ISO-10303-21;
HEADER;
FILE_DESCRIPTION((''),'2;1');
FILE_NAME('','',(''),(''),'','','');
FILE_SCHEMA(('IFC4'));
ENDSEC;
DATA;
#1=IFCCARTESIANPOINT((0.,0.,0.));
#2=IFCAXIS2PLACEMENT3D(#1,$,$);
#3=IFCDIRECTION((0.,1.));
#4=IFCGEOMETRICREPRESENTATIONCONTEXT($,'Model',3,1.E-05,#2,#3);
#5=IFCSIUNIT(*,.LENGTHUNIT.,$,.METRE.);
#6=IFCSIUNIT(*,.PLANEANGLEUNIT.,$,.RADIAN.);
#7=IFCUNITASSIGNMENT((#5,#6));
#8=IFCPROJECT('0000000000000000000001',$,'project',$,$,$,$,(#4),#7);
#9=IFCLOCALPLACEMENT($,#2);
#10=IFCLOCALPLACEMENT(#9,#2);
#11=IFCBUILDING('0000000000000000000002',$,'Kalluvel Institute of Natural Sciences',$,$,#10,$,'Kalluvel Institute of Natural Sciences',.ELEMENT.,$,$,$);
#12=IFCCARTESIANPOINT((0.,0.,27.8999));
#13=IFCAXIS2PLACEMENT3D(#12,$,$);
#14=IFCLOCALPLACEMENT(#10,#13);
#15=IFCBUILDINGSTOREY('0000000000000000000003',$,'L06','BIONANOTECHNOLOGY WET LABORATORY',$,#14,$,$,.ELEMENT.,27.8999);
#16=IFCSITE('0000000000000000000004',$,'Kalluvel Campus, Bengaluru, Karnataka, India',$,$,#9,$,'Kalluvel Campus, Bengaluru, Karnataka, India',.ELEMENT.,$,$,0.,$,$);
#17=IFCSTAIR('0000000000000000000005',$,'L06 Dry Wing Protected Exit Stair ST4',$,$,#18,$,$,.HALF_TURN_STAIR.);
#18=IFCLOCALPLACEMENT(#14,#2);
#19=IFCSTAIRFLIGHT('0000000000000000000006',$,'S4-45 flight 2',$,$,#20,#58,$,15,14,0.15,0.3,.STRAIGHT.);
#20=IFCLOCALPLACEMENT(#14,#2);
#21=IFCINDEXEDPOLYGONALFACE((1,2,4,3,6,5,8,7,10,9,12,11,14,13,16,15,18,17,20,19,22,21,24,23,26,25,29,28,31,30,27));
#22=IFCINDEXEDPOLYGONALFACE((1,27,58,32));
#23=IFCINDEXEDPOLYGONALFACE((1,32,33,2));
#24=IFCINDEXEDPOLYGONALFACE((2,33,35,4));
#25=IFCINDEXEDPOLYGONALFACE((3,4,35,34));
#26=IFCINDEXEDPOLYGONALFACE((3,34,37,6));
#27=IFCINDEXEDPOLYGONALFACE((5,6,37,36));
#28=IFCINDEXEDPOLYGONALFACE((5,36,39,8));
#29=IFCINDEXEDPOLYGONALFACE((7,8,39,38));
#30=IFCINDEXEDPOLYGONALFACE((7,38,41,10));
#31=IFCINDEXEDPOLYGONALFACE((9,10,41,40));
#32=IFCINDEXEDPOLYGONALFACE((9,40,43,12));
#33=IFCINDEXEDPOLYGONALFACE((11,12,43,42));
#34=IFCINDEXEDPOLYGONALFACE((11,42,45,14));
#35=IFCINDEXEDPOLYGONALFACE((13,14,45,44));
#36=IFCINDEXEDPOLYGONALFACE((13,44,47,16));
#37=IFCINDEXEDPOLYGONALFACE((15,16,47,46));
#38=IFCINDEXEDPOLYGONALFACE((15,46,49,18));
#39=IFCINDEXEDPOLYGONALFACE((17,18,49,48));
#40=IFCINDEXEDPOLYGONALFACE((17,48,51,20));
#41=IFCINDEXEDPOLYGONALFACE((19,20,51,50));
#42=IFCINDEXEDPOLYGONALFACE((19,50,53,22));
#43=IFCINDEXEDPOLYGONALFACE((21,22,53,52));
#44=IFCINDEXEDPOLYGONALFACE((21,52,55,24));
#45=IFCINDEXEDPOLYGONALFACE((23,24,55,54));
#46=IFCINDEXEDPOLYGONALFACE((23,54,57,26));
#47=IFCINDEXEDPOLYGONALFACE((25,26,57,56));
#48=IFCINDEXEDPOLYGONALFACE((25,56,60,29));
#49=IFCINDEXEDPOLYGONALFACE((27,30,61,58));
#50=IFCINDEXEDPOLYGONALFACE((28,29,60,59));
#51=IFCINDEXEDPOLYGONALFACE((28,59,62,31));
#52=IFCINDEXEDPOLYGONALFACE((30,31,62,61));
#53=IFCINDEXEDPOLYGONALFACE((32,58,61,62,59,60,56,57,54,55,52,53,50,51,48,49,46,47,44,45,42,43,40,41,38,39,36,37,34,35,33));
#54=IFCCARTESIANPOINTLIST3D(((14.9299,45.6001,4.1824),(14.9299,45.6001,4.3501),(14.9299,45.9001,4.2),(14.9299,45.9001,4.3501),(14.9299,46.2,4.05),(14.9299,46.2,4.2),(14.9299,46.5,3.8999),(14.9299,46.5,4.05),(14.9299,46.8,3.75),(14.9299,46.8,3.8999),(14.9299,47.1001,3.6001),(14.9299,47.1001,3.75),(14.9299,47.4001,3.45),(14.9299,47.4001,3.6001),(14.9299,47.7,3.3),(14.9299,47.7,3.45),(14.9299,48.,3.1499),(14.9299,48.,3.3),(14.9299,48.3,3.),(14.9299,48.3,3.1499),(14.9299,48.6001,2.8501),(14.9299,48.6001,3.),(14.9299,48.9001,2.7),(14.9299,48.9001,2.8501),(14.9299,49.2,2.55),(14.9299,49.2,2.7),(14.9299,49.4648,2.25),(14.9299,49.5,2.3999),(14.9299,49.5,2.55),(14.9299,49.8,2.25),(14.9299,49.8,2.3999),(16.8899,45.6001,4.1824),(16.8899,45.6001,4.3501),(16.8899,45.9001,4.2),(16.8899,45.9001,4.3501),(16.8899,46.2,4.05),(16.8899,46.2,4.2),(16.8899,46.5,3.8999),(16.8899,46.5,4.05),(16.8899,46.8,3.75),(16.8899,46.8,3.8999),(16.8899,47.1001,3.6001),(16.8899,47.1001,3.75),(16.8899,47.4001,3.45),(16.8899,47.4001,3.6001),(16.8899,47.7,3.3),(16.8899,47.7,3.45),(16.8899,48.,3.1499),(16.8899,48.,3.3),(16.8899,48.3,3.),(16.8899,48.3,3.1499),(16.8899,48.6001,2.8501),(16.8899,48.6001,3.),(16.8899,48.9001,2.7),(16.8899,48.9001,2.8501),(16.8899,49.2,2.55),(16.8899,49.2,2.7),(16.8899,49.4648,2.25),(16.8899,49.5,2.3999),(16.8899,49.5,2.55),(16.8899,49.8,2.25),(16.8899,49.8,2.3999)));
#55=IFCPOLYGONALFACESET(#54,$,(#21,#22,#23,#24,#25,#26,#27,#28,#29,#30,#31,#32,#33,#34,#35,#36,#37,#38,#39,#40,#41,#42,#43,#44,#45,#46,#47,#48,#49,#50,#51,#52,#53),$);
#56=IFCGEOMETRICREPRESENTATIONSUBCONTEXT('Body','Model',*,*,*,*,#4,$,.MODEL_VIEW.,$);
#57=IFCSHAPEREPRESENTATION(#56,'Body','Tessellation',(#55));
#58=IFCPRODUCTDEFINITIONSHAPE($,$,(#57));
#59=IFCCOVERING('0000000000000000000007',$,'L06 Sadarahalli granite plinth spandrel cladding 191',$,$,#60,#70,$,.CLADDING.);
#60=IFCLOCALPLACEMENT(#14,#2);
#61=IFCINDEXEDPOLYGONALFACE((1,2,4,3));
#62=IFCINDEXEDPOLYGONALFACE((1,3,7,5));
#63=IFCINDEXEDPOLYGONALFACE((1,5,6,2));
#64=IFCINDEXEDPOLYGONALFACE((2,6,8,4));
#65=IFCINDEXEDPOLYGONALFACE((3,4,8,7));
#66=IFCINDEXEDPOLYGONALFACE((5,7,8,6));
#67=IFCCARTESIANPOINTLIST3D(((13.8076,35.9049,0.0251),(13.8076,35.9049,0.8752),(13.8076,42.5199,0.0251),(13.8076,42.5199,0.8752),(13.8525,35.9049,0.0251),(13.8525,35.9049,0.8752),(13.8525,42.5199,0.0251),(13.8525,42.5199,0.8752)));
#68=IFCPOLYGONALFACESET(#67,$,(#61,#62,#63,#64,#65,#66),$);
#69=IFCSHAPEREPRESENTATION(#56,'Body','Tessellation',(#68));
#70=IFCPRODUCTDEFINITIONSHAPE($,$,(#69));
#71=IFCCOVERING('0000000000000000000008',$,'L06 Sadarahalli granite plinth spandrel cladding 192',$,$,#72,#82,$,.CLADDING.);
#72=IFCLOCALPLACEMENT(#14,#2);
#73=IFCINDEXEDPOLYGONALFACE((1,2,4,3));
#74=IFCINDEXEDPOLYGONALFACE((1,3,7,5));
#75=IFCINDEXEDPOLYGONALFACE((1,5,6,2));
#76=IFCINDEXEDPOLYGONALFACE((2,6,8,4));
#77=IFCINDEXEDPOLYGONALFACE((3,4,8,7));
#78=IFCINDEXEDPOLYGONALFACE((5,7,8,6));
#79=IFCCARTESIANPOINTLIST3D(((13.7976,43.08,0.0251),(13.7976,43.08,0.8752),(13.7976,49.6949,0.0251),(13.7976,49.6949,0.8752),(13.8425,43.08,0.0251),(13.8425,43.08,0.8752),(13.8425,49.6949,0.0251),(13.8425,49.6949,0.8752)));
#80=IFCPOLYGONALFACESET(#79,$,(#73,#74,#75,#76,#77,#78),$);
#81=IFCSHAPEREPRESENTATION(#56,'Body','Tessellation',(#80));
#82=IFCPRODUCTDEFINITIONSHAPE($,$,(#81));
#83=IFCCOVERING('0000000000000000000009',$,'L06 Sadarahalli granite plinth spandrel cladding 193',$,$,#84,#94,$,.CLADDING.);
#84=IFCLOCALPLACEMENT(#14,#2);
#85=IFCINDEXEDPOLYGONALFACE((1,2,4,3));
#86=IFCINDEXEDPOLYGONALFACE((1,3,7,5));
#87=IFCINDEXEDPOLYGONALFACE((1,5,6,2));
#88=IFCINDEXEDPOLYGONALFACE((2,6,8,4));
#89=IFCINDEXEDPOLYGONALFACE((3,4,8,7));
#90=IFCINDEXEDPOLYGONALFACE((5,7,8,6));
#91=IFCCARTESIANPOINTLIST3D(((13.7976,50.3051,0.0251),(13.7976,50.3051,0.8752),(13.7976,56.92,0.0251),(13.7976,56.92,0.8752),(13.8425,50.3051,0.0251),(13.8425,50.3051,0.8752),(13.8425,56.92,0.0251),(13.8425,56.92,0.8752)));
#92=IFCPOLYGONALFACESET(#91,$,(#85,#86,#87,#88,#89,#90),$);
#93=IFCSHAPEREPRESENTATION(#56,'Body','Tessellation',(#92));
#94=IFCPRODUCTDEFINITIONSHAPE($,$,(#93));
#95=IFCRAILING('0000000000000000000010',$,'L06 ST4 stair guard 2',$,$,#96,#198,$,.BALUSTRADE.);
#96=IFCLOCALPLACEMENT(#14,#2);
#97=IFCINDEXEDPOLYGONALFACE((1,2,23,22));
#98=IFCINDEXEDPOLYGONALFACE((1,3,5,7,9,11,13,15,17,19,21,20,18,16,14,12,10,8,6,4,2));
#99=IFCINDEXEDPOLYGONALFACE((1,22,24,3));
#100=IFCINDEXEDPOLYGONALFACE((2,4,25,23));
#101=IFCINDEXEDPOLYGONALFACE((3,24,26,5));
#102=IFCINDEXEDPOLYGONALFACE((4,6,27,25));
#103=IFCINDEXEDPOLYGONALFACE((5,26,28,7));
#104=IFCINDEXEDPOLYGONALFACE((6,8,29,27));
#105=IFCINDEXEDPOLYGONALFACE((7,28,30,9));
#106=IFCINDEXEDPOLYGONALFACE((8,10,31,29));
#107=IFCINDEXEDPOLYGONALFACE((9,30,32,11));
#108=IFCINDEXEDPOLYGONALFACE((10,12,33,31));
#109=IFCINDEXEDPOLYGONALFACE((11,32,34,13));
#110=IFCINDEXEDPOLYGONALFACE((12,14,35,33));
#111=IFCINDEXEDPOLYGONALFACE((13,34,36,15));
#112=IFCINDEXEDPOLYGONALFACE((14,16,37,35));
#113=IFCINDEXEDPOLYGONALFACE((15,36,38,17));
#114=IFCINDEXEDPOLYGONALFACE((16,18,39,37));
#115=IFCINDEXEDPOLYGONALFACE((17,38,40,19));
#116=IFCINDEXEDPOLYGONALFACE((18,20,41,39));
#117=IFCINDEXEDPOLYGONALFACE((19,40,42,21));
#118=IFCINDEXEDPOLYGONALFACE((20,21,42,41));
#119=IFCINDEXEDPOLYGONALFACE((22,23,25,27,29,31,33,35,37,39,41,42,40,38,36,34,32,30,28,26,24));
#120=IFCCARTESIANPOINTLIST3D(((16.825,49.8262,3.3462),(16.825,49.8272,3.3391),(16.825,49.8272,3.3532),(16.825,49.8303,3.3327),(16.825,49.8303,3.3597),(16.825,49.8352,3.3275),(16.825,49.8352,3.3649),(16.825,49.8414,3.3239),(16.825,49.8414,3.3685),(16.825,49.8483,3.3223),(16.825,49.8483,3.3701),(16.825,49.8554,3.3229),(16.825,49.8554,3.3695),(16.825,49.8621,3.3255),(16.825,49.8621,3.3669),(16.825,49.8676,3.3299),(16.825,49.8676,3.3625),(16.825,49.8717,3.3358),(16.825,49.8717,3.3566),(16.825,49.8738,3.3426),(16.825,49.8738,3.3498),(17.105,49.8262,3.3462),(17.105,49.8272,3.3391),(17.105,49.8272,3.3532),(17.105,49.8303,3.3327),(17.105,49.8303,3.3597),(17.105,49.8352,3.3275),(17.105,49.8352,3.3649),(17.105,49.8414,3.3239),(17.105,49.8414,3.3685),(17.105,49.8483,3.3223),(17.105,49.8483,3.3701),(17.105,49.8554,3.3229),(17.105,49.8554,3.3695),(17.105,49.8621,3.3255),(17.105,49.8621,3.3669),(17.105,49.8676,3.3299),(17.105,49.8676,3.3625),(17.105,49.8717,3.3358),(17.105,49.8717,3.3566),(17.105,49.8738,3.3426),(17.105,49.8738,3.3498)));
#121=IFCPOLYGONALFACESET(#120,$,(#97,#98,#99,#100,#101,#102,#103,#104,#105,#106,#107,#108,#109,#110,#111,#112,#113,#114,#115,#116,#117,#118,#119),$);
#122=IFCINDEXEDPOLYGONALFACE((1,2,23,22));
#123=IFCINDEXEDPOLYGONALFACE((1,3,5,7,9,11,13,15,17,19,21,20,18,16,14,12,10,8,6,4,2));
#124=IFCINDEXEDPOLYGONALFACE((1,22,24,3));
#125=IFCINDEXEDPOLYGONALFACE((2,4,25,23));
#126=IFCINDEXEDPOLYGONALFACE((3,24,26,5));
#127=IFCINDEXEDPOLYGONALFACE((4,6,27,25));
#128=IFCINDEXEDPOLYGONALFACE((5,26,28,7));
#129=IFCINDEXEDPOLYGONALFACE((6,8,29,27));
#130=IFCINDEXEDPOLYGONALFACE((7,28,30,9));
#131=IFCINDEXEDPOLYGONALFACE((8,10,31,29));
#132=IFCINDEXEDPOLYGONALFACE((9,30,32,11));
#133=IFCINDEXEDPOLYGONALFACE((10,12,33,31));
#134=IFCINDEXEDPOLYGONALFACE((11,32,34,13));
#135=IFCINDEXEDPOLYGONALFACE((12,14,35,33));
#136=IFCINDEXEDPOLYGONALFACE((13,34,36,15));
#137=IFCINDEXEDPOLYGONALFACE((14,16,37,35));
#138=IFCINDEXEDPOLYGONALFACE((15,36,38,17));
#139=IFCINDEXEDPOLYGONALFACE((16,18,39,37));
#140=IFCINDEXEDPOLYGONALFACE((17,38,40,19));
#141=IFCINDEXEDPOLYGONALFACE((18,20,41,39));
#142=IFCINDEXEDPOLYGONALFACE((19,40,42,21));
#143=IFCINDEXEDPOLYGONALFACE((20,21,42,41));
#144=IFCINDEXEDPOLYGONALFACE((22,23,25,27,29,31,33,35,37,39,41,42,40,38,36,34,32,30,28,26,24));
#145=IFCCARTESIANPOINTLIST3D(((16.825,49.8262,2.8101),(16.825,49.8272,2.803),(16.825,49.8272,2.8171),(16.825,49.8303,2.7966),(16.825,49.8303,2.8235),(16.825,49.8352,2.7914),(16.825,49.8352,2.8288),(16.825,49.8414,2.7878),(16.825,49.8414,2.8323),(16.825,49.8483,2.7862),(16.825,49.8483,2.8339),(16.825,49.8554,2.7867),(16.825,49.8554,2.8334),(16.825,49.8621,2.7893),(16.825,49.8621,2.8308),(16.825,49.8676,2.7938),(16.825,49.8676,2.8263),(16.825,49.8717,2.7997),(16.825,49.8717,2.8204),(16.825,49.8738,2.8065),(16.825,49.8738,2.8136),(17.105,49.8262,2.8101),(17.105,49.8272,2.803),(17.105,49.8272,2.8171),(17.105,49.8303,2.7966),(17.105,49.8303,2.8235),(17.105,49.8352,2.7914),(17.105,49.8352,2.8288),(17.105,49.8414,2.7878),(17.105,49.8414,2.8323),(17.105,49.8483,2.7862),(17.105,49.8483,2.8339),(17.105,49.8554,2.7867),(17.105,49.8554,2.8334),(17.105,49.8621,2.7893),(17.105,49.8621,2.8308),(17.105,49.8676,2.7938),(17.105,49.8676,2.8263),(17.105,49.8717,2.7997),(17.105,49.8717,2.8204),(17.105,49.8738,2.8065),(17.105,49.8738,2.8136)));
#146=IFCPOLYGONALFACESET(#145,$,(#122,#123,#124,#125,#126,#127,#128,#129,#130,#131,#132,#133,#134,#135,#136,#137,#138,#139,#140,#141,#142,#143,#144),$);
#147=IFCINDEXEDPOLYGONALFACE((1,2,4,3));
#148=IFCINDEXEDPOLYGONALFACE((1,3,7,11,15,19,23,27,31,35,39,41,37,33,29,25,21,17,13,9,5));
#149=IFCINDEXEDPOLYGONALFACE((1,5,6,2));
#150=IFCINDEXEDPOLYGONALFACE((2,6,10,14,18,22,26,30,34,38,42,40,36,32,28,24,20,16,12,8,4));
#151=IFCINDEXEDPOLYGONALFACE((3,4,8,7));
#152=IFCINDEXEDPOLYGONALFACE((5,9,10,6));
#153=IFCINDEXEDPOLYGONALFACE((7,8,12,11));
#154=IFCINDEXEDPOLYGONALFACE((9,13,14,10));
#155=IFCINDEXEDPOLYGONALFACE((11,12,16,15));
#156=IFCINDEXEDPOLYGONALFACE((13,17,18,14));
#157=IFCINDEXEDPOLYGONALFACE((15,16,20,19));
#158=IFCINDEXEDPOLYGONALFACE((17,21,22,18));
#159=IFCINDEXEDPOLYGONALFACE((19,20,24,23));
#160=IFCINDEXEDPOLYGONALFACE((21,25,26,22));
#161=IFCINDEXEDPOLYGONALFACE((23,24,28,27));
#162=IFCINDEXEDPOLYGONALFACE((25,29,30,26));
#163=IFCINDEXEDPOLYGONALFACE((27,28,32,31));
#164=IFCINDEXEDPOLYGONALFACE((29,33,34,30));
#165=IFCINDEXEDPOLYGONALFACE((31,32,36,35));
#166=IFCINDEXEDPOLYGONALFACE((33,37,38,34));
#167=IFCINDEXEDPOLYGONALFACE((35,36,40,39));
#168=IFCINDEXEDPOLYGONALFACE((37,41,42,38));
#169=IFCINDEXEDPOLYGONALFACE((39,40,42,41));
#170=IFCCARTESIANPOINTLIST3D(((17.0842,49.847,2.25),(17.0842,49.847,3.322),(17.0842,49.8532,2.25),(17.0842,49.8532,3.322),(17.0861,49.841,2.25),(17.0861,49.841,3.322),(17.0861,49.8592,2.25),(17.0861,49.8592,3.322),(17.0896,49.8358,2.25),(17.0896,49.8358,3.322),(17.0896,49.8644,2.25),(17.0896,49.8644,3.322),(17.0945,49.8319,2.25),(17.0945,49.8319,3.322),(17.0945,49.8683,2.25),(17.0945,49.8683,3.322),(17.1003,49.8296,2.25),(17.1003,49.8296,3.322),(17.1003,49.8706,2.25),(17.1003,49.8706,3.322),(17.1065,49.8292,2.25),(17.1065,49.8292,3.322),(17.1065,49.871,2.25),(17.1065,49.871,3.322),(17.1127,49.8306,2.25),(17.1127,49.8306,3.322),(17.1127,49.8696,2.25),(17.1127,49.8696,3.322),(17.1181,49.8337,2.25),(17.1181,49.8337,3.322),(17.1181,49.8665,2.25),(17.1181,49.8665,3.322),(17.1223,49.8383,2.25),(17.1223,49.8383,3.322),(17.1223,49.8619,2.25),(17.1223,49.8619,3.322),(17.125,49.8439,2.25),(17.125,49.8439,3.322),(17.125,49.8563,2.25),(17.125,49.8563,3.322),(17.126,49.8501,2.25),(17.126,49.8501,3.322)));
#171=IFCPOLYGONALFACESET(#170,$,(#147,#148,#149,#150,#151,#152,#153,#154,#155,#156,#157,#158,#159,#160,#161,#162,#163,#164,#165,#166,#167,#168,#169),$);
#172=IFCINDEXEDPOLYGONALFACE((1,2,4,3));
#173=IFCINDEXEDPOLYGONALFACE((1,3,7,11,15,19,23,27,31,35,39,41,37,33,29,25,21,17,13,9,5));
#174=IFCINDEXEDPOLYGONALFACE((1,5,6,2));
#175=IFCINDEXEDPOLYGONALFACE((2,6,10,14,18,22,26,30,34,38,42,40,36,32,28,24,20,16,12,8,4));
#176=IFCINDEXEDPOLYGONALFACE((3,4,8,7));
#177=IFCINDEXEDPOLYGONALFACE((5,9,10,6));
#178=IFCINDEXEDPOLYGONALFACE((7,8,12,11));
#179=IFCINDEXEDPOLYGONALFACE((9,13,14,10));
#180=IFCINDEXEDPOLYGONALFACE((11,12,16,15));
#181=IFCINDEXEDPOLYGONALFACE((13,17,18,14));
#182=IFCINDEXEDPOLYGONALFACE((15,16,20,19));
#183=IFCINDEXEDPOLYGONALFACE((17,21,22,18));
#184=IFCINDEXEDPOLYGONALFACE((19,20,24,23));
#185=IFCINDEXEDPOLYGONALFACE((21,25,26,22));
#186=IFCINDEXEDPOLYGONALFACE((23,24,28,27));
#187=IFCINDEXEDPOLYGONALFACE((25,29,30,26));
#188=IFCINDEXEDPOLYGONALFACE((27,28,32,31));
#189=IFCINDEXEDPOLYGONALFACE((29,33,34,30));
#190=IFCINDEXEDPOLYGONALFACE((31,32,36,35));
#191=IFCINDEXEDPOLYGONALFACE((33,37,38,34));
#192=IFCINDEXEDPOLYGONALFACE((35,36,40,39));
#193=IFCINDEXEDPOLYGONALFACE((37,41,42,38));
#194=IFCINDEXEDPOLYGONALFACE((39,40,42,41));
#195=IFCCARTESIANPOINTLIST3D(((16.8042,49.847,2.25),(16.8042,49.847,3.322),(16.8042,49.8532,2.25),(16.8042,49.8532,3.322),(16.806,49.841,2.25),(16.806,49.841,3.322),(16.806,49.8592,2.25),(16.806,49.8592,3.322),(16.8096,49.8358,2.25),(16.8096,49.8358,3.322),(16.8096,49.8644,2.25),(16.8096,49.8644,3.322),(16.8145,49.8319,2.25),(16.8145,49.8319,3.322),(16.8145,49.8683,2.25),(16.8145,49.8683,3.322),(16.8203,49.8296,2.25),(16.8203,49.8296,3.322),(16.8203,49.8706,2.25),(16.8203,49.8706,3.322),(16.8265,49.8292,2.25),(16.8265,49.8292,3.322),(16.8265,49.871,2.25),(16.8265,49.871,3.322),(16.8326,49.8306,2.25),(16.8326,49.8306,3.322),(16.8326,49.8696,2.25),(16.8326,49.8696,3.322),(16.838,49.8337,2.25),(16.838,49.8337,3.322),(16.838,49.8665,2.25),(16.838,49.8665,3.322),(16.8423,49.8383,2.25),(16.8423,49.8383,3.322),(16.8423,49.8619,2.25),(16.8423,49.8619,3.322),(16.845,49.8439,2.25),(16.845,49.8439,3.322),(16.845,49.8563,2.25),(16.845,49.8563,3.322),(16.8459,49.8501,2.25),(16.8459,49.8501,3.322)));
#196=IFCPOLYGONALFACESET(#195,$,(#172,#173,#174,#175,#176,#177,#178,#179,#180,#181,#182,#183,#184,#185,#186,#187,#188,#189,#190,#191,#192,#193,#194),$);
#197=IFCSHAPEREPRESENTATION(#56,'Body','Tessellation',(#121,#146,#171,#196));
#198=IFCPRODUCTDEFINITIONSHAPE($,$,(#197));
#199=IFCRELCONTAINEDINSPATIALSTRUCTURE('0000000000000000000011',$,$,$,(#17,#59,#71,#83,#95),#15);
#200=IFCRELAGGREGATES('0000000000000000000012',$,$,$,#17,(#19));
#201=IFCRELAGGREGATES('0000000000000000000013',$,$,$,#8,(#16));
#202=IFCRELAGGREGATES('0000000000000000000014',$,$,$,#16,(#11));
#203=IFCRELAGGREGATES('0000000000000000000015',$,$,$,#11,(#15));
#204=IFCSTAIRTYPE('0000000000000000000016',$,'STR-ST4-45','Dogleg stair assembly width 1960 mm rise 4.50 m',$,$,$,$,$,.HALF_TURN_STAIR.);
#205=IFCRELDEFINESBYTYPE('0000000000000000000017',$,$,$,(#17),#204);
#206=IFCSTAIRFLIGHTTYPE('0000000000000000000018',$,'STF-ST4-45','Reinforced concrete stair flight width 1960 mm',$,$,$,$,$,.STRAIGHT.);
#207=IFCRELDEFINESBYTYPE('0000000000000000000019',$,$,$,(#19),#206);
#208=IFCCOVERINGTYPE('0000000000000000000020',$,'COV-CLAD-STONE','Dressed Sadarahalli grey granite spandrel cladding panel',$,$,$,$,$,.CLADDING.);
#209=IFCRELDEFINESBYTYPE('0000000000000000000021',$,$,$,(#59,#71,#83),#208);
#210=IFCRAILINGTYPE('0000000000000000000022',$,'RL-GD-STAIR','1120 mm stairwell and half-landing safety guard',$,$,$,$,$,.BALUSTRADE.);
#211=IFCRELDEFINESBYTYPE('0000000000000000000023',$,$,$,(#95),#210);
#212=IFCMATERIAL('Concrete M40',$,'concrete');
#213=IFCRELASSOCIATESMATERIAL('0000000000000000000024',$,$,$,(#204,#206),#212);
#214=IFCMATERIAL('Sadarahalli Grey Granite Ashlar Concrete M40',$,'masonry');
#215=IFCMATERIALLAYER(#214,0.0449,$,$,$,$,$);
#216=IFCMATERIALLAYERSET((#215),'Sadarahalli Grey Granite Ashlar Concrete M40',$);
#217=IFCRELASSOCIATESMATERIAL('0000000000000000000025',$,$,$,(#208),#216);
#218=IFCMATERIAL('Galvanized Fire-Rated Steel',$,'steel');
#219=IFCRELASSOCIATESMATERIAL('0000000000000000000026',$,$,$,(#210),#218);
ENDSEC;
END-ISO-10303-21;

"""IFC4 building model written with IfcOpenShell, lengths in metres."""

from ifc_helpers import new_model, si_unit, direction, frame, origin, origin_2d, place, context, subcontext, project, spatial, polyline, rectangle, circle, outline, extrude, material, layer, layer_set, type_object, element, aggregate, save


model = new_model("IFC4")

# Units and contexts
model_context = context("Model", 3, precision=1e-05, world=origin(), true_north=direction((0.0, 1.0)))
body_context = subcontext(model_context, "Body", "Model", "MODEL_VIEW")
ifc_project = project(units=[si_unit("LENGTHUNIT", "METRE"), si_unit("PLANEANGLEUNIT", "RADIAN")], contexts=[model_context])

# Site, building, storey
site_placement = place(None, origin())
site = spatial("IfcSite", under=ifc_project, at=site_placement, Name="Kalluvel Campus, Bengaluru, Karnataka, India", LongName="Kalluvel Campus, Bengaluru, Karnataka, India", CompositionType="ELEMENT", RefElevation=0.0)
building_placement = place(site_placement, origin())
building = spatial("IfcBuilding", under=site, at=building_placement, Name="Kalluvel Institute of Natural Sciences", LongName="Kalluvel Institute of Natural Sciences", CompositionType="ELEMENT")
storey_placement = place(building_placement, frame((0.0, 0.0, 27.8999)))
storey = spatial("IfcBuildingStorey", under=building, at=storey_placement, Name="L06", Description="BIONANOTECHNOLOGY WET LABORATORY", CompositionType="ELEMENT", Elevation=27.8999)

# Shared definitions
ifc_material_1 = material(Name="Concrete M40", Category="concrete")

# Shared definitions
ifc_material_2 = material(Name="Galvanized Fire-Rated Steel", Category="steel")

# Shared definitions
ifc_material_3 = material(Name="Sadarahalli Grey Granite Ashlar Concrete M40", Category="masonry")

# Stair, stair flight
stair_type = type_object("IfcStairType", Name="STR-ST4-45", Description="Dogleg stair assembly width 1960 mm rise 4.50 m", PredefinedType="HALF_TURN_STAIR", material=ifc_material_1)
stair_placement = place(storey_placement, origin())
stair = element("IfcStair", 1, at=stair_placement, inside=storey, type_object=stair_type, Name="L06 Dry Wing Protected Exit Stair ST4", PredefinedType="HALF_TURN_STAIR")
stair_flight_type = type_object("IfcStairFlightType", Name="STF-ST4-45", Description="Reinforced concrete stair flight width 1960 mm", PredefinedType="STRAIGHT", material=ifc_material_1)
stair_flight_1_placement = place(storey_placement, frame((15.9099, 49.8, 2.25), z_axis=(0.0, 0.0, 1.0), x_axis=(0.0, -1.0, 0.0)))
stair_flight_1 = element("IfcStairFlight", 2, at=stair_flight_1_placement, type_object=stair_flight_type, Name="S4-45 flight 2", NumberOfRisers=15, NumberOfTreads=14, PredefinedType="STRAIGHT", RiserHeight=0.15, TreadLength=0.3, context=body_context, shape_type="SweptSolid", body=[
    extrude(outline(polyline([(0.0, 0.0), (0.0, 0.1499), (0.3, 0.1499), (0.3, 0.3), (0.6001, 0.3), (0.6001, 0.45), (0.8999, 0.45), (0.8999, 0.6001), (1.2, 0.6001), (1.2, 0.75), (1.5, 0.75), (1.5, 0.8999), (1.8, 0.8999), (1.8, 1.05), (2.1001, 1.05), (2.1001, 1.2), (2.3999, 1.2), (2.3999, 1.3501), (2.7, 1.3501), (2.7, 1.5), (3.0, 1.5), (3.0, 1.6499), (3.3, 1.6499), (3.3, 1.8), (3.6001, 1.8), (3.6001, 1.95), (3.8999, 1.95), (3.8999, 2.1001), (4.2, 2.1001), (4.2, 2.25), (4.2, 1.9324), (0.3352, 0.0), (0.0, 0.0)])), frame((0.0, 0.98, 0.0), z_axis=(0.0, -1.0, 0.0), x_axis=(1.0, 0.0, 0.0)), (0.0, 0.0, 1.0), 1.96),
])
aggregate(stair, [stair_flight_1])

# Coverings
ifc_layer_1 = layer(ifc_material_3, 0.0449)
ifc_layer_set_1 = layer_set([ifc_layer_1], Name="Sadarahalli Grey Granite Ashlar Concrete M40")
covering_type = type_object("IfcCoveringType", Name="COV-CLAD-STONE", Description="Dressed Sadarahalli grey granite spandrel cladding panel", PredefinedType="CLADDING", material=ifc_layer_set_1)
for number, where, z_axis, x_axis, name in (
    (3, (13.8301, 39.2124, 0.0251), (0.0, 0.0, 1.0), (0.0, 1.0, 0.0), "L06 Sadarahalli granite plinth spandrel cladding 191"),
    (4, (13.8201, 46.3875, 0.0251), (0.0, 0.0, 1.0), (0.0, 1.0, 0.0), "L06 Sadarahalli granite plinth spandrel cladding 192"),
    (5, (13.8201, 53.6125, 0.0251), (0.0, 0.0, 1.0), (0.0, 1.0, 0.0), "L06 Sadarahalli granite plinth spandrel cladding 193"),
):
    element("IfcCovering", number, at=place(storey_placement, frame(where, z_axis=z_axis, x_axis=x_axis)), inside=storey, type_object=covering_type, Name=name, PredefinedType="CLADDING", context=body_context, shape_type="SweptSolid", body=[
        extrude(rectangle(XDim=6.615, YDim=0.0449, at=origin_2d()), origin(), (0.0, 0.0, 1.0), 0.8501),
    ])

# Railing
railing_type_1 = type_object("IfcRailingType", Name="RL-GD-STAIR", Description="1120 mm stairwell and half-landing safety guard", PredefinedType="BALUSTRADE", material=ifc_material_2)
railing_1_placement = place(storey_placement, frame((17.105, 49.8501, 2.25)))
element("IfcRailing", 6, at=railing_1_placement, inside=storey, type_object=railing_type_1, Name="L06 ST4 stair guard 2", PredefinedType="BALUSTRADE", context=body_context, shape_type="SweptSolid", body=[
    extrude(circle(Radius=0.0239, at=origin_2d()), frame((0.0, 0.0, 1.0962), z_axis=(-1.0, 0.0, 0.0), x_axis=(0.0, -1.0, 0.0)), (0.0, 0.0, 1.0), 0.28),
    extrude(circle(Radius=0.0239, at=origin_2d()), frame((0.0, 0.0, 0.5601), z_axis=(-1.0, 0.0, 0.0), x_axis=(0.0, -1.0, 0.0)), (0.0, 0.0, 1.0), 0.28),
    extrude(circle(Radius=0.021, at=origin_2d()), origin(), (0.0, 0.0, 1.0), 1.072),
    extrude(circle(Radius=0.021, at=origin_2d()), frame((-0.28, 0.0, 0.0)), (0.0, 0.0, 1.0), 1.072),
])

save(model, "model.ifc")
